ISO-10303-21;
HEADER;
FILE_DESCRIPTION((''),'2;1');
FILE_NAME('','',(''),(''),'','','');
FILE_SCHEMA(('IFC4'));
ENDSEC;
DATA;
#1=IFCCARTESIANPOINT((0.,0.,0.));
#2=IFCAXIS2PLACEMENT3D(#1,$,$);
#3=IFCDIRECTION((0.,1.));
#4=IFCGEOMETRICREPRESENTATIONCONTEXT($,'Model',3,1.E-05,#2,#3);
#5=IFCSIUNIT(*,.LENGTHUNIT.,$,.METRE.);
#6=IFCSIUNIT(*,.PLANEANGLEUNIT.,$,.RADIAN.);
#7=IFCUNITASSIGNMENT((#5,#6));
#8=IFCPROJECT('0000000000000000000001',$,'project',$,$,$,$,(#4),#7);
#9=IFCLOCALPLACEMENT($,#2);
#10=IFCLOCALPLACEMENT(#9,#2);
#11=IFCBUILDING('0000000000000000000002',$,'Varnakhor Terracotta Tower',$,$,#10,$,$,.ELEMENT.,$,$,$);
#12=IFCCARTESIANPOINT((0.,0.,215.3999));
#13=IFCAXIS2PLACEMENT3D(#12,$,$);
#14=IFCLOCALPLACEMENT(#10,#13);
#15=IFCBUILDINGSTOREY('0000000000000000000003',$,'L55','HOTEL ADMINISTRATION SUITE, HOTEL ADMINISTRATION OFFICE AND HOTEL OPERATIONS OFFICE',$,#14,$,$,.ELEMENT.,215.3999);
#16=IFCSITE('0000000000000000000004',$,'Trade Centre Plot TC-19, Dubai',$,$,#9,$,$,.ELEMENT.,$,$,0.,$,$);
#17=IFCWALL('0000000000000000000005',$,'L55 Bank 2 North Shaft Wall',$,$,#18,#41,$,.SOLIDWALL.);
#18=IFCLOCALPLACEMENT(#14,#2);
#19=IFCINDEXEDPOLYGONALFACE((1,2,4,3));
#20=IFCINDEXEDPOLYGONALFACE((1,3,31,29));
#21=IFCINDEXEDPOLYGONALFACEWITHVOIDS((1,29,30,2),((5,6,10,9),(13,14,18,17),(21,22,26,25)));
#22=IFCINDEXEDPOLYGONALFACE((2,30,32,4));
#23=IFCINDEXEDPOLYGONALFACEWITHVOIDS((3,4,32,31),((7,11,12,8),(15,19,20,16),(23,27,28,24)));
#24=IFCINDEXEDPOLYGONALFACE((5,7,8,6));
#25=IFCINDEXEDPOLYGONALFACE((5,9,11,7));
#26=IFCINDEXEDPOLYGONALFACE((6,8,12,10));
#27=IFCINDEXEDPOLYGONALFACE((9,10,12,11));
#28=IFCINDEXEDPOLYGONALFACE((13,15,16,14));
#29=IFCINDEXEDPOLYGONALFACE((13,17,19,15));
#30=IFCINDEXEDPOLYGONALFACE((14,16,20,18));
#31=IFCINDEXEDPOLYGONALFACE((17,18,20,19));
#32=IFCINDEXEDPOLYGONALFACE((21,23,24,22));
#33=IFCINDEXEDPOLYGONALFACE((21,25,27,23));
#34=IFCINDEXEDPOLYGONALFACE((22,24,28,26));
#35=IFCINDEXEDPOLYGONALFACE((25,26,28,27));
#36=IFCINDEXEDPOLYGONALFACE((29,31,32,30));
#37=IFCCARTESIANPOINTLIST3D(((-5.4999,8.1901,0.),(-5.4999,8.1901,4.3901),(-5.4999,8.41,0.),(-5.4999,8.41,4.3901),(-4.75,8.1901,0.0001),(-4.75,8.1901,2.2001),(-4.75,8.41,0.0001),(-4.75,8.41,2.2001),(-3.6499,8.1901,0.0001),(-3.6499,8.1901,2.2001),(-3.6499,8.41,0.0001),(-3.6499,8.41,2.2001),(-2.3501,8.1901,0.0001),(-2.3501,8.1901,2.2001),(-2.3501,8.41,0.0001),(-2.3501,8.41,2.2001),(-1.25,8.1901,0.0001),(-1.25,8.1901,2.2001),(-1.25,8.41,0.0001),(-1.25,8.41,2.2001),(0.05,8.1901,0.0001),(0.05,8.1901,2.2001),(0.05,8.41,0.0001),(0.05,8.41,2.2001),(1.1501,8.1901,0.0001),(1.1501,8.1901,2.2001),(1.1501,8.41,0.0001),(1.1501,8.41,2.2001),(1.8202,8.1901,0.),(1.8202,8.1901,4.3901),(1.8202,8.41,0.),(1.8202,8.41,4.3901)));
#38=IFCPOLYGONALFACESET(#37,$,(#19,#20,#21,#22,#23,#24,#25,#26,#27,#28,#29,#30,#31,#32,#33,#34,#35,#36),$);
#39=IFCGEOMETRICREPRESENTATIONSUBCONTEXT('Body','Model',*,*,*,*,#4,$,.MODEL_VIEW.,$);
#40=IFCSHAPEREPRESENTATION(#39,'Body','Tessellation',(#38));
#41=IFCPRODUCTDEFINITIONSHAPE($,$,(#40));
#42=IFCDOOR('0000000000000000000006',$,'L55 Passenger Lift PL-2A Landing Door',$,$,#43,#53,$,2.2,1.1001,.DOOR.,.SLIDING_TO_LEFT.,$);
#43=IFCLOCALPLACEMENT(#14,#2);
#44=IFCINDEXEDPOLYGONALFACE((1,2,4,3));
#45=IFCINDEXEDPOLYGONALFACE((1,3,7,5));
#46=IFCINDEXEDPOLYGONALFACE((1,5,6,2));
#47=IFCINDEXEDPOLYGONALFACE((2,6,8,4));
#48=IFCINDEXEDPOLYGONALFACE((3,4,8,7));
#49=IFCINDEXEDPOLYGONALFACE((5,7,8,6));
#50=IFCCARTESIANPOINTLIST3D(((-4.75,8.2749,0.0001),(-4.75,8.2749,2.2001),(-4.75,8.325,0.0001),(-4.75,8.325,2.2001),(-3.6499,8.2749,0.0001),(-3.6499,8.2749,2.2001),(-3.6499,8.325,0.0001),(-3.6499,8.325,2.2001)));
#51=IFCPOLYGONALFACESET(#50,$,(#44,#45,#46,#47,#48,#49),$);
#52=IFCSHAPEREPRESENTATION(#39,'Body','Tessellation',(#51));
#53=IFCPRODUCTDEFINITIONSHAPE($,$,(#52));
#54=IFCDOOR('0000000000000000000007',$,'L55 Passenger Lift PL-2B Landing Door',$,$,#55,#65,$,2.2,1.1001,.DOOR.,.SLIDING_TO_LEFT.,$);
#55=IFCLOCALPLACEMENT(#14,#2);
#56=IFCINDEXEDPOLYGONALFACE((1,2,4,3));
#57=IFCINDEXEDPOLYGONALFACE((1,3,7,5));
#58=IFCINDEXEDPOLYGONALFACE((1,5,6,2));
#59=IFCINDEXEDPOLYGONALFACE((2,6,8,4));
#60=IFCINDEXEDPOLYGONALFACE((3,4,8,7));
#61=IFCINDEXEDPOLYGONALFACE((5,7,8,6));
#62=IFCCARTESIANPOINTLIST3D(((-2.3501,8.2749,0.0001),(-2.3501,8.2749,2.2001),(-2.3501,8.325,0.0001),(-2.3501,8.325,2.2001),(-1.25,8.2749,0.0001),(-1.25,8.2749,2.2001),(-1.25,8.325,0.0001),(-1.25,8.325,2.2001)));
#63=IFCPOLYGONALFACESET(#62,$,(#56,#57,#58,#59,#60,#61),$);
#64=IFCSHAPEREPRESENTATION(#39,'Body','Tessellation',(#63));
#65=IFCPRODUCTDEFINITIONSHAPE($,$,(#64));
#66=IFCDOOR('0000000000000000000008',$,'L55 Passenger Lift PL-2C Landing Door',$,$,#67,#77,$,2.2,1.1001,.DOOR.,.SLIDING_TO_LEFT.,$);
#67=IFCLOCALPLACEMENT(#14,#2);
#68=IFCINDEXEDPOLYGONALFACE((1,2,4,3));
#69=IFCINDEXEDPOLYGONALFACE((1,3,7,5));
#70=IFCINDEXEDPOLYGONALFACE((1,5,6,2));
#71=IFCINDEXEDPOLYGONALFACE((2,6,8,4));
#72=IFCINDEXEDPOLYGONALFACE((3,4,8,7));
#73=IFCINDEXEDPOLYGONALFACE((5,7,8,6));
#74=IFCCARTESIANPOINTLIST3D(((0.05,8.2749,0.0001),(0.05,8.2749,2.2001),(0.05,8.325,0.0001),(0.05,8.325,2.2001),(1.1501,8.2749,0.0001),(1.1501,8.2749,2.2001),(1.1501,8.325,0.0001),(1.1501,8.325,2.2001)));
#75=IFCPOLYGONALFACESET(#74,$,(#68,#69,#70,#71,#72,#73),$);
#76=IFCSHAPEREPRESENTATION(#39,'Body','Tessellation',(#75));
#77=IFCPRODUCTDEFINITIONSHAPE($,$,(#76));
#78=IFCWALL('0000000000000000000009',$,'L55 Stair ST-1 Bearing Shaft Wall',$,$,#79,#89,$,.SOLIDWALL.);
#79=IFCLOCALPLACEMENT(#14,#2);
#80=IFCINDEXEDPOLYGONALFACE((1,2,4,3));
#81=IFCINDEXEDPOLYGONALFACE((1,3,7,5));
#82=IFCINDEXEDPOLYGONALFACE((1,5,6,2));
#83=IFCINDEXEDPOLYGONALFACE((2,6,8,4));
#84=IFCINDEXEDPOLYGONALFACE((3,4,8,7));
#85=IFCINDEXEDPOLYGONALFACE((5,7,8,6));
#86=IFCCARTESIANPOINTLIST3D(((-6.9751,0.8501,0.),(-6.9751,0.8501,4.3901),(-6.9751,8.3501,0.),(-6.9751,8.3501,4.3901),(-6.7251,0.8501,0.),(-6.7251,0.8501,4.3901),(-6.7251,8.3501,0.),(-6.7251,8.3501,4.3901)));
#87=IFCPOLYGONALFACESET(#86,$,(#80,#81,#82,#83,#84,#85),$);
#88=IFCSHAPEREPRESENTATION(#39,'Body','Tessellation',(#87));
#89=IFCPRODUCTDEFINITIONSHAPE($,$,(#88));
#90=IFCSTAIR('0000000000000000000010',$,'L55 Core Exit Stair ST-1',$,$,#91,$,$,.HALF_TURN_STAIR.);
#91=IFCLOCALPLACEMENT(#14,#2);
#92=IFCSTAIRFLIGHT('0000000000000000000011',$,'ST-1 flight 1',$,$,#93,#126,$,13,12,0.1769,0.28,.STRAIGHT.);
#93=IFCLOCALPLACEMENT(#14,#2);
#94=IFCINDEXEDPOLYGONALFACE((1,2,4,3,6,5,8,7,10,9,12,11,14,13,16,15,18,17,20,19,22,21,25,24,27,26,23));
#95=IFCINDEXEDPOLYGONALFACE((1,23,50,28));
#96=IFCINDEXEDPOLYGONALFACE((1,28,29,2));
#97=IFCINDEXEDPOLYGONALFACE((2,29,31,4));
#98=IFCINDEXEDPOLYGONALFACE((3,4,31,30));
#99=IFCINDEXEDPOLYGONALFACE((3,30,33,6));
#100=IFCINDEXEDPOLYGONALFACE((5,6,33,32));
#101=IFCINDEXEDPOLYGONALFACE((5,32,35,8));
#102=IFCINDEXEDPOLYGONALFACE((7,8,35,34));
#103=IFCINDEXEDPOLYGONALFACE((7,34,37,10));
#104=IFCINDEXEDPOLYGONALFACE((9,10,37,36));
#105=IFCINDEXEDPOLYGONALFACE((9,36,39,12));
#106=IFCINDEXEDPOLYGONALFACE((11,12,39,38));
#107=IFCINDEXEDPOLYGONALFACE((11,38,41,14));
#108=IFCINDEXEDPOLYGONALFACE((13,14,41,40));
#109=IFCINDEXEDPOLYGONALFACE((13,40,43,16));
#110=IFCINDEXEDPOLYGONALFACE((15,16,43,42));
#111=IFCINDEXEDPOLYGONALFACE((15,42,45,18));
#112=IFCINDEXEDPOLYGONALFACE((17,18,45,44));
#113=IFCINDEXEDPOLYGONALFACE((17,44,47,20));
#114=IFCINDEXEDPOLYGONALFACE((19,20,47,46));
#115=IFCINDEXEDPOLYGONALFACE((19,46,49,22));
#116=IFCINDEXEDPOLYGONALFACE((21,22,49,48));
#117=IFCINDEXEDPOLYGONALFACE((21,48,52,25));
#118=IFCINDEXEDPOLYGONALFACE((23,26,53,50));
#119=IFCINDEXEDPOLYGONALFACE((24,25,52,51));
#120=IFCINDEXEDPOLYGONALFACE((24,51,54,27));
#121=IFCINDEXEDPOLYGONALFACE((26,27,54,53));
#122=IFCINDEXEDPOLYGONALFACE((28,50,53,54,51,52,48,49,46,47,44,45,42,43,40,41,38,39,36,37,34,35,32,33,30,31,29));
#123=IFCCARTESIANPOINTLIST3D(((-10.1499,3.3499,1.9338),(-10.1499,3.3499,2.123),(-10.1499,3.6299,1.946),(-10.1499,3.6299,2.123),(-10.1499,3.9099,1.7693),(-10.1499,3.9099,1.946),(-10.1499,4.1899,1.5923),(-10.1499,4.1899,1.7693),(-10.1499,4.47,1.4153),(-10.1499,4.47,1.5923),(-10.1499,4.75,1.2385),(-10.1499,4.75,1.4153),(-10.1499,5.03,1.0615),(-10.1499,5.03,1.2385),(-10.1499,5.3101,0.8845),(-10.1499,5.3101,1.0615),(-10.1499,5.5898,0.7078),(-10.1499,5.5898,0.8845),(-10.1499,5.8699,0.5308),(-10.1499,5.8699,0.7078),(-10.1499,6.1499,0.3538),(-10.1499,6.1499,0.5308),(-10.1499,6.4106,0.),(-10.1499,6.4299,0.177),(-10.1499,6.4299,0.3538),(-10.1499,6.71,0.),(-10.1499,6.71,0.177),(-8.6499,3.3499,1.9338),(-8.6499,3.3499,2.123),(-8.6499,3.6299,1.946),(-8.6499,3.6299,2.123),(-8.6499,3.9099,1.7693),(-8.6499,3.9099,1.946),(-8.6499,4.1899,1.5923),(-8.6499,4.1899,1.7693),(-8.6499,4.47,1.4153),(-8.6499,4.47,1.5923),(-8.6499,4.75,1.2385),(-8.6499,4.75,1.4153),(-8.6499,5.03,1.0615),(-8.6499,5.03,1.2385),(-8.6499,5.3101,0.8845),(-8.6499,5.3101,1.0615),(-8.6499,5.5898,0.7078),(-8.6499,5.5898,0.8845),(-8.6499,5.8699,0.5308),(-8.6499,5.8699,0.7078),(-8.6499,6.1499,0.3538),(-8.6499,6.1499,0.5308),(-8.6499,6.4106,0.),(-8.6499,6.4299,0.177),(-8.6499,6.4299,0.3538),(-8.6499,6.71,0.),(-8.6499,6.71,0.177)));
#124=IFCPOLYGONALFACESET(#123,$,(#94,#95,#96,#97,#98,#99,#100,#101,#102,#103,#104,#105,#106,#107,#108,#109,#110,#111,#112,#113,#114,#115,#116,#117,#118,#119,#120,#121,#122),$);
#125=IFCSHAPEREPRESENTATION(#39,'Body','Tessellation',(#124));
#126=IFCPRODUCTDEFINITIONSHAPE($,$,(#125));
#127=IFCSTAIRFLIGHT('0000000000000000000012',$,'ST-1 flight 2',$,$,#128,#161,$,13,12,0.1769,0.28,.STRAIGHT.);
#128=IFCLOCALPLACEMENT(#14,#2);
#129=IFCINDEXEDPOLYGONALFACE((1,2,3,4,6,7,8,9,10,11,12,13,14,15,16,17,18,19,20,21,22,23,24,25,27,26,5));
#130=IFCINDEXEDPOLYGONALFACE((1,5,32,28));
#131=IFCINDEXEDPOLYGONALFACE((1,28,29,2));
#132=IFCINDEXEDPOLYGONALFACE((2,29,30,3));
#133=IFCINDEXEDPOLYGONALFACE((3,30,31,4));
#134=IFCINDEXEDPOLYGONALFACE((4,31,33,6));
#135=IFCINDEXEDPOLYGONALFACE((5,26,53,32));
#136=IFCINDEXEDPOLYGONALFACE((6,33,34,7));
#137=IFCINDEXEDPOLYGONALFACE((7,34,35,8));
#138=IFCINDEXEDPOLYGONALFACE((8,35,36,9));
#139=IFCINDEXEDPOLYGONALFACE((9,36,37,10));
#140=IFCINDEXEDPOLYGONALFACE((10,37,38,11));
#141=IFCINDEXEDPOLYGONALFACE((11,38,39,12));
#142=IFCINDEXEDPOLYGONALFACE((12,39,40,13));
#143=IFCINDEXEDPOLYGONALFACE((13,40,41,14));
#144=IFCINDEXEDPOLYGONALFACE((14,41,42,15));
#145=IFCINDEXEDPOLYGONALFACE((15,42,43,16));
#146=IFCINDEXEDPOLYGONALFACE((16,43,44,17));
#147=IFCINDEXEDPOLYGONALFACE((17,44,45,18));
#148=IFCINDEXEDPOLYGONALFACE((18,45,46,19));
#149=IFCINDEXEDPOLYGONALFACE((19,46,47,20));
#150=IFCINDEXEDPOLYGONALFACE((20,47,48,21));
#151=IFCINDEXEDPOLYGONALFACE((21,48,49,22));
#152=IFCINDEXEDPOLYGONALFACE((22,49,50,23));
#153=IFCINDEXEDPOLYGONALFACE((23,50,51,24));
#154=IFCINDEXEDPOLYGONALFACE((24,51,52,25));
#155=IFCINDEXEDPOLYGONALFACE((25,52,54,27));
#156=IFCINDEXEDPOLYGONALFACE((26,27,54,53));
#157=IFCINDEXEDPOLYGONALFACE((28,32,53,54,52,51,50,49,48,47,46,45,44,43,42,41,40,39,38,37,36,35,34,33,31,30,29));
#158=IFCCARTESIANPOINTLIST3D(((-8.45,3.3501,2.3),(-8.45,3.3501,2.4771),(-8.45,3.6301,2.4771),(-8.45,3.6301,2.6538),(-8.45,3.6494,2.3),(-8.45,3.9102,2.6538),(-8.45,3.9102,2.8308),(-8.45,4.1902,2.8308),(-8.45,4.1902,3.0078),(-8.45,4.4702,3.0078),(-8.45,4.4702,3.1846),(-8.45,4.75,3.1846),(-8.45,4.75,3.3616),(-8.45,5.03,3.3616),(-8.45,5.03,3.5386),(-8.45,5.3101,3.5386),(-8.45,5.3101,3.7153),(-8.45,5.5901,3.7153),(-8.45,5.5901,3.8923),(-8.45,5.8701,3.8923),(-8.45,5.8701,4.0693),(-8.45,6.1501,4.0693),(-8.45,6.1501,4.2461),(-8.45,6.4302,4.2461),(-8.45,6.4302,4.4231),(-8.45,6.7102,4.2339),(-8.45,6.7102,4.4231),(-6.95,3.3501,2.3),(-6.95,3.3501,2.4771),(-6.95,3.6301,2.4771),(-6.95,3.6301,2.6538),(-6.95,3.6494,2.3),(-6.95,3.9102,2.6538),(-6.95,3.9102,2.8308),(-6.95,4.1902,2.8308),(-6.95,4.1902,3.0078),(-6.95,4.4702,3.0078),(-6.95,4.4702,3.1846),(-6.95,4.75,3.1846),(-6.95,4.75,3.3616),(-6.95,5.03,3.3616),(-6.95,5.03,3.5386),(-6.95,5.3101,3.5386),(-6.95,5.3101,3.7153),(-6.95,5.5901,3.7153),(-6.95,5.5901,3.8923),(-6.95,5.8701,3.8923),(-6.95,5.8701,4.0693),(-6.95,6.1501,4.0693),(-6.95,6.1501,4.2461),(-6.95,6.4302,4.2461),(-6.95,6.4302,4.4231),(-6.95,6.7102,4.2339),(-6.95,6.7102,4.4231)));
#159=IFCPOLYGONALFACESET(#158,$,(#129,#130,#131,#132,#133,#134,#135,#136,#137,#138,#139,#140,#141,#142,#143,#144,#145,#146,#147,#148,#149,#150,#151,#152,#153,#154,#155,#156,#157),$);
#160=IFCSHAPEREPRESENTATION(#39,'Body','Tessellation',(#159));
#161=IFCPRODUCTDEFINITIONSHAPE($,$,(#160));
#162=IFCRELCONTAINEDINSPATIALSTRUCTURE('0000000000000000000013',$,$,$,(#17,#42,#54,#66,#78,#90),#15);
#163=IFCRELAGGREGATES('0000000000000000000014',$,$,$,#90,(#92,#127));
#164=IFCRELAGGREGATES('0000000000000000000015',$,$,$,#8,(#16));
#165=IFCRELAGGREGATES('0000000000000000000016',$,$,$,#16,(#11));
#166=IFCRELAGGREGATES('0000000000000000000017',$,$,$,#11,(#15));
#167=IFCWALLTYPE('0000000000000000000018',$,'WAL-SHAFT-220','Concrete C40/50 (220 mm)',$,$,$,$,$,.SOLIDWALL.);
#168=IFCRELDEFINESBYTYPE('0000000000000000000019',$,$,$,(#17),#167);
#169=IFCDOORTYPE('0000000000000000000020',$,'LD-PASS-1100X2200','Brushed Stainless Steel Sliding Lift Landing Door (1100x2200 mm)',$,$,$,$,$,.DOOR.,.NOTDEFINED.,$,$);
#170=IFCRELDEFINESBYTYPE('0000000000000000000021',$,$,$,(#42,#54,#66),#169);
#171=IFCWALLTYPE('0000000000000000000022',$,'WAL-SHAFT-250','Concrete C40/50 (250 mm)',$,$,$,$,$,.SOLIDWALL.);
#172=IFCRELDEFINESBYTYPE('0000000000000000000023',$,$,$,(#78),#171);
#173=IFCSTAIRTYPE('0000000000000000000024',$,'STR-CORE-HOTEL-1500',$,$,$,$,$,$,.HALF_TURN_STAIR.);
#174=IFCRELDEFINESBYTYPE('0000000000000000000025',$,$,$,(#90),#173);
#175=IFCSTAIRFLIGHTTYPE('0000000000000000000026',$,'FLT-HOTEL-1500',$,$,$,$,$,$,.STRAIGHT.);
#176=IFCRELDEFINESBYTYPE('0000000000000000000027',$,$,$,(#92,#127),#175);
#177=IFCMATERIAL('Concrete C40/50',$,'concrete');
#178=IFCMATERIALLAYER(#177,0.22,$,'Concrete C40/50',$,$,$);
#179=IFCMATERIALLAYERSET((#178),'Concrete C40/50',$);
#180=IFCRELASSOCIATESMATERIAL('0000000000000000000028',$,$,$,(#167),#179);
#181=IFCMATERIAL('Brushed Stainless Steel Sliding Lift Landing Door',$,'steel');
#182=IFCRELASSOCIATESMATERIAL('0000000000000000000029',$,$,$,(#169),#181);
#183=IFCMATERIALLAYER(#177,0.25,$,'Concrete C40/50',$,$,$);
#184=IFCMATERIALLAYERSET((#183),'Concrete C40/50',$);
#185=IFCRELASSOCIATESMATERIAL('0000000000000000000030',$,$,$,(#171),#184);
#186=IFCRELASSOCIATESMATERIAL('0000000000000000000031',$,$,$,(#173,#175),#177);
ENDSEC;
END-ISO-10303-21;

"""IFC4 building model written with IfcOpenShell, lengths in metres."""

from ifc_helpers import new_model, si_unit, direction, frame, frame_2d, origin, place, context, subcontext, project, spatial, polyline, rectangle, outline, extrude, source, transform, mapped, material, layer, layer_set, type_object, type_shapes, element, fill, aggregate, save


model = new_model("IFC4")

# Units and contexts
model_context = context("Model", 3, precision=1e-05, world=origin(), true_north=direction((0.0, 1.0)))
body_context = subcontext(model_context, "Body", "Model", "MODEL_VIEW")
ifc_project = project(units=[si_unit("LENGTHUNIT", "METRE"), si_unit("PLANEANGLEUNIT", "RADIAN")], contexts=[model_context])

# Site, building, storey
site_placement = place(None, origin())
site = spatial("IfcSite", under=ifc_project, at=site_placement, Name="Trade Centre Plot TC-19, Dubai", CompositionType="ELEMENT", RefElevation=0.0)
building_placement = place(site_placement, origin())
building = spatial("IfcBuilding", under=site, at=building_placement, Name="Varnakhor Terracotta Tower", CompositionType="ELEMENT")
storey_placement = place(building_placement, frame((0.0, 0.0, 215.3999)))
storey = spatial("IfcBuildingStorey", under=building, at=storey_placement, Name="L55", Description="HOTEL ADMINISTRATION SUITE, HOTEL ADMINISTRATION OFFICE AND HOTEL OPERATIONS OFFICE", CompositionType="ELEMENT", Elevation=215.3999)

# Shared definitions
ifc_material_1 = material(Name="Concrete C40/50", Category="concrete")

# Shared definitions
ifc_layer_1 = layer(ifc_material_1, 0.22, Name="Concrete C40/50")
ifc_layer_set_1 = layer_set([ifc_layer_1], Name="Concrete C40/50")
wall_type_1 = type_object("IfcWallType", Name="WAL-SHAFT-220", Description="Concrete C40/50 (220 mm)", PredefinedType="SOLIDWALL", material=ifc_layer_set_1)

# Wall, openings, doors
wall_1_placement = place(storey_placement, frame((-5.5, 8.3, 0.0), z_axis=(0.0, 0.0, 1.0), x_axis=(1.0, 0.0, 0.0)))
wall_1 = element("IfcWall", 1, at=wall_1_placement, inside=storey, type_object=wall_type_1, Name="L55 Bank 2 North Shaft Wall", PredefinedType="SOLIDWALL", context=body_context, shape_type="SweptSolid", body=[
    extrude(rectangle(XDim=7.3201, YDim=0.22, at=frame_2d((3.6602, 0.0))), origin(), (0.0, 0.0, 1.0), 4.3901),
])
opening_1_placement = place(wall_1_placement, frame((0.75, 0.0, 0.0)))
opening_1 = element("IfcOpeningElement", 2, at=opening_1_placement, cuts=wall_1, PredefinedType="OPENING", context=body_context, shape_type="SweptSolid", body=[
    extrude(rectangle(XDim=1.1001, YDim=2.2, at=frame_2d((0.55, 1.1001))), frame((0.0, 0.1201, 0.0), z_axis=(0.0, -1.0, 0.0), x_axis=(1.0, 0.0, 0.0)), (0.0, 0.0, 1.0), 0.24),
])
opening_2_placement = place(wall_1_placement, frame((3.1499, 0.0, 0.0)))
opening_2 = element("IfcOpeningElement", 3, at=opening_2_placement, cuts=wall_1, PredefinedType="OPENING", context=body_context, shape_type="SweptSolid", body=[
    extrude(rectangle(XDim=1.1001, YDim=2.2, at=frame_2d((0.55, 1.1001))), frame((0.0, 0.1201, 0.0), z_axis=(0.0, -1.0, 0.0), x_axis=(1.0, 0.0, 0.0)), (0.0, 0.0, 1.0), 0.24),
])
opening_3_placement = place(wall_1_placement, frame((5.55, 0.0, 0.0)))
opening_3 = element("IfcOpeningElement", 4, at=opening_3_placement, cuts=wall_1, PredefinedType="OPENING", context=body_context, shape_type="SweptSolid", body=[
    extrude(rectangle(XDim=1.1001, YDim=2.2, at=frame_2d((0.55, 1.1001))), frame((0.0, 0.1201, 0.0), z_axis=(0.0, -1.0, 0.0), x_axis=(1.0, 0.0, 0.0)), (0.0, 0.0, 1.0), 0.24),
])
ifc_material_2 = material(Name="Brushed Stainless Steel Sliding Lift Landing Door", Category="steel")
door_type_1 = type_object("IfcDoorType", Name="LD-PASS-1100X2200", Description="Brushed Stainless Steel Sliding Lift Landing Door (1100x2200 mm)", OperationType="NOTDEFINED", PredefinedType="DOOR", material=ifc_material_2)
shared_shape_1 = source(origin(), body_context, "Body", "SweptSolid", [
    extrude(rectangle(XDim=1.1001, YDim=2.2, at=frame_2d((0.55, 1.1001))), frame((0.0, 0.0249, 0.0), z_axis=(0.0, -1.0, 0.0), x_axis=(1.0, 0.0, 0.0)), (0.0, 0.0, 1.0), 0.05),
])
type_shapes(door_type_1, [shared_shape_1])
door_1_placement = place(opening_1_placement, origin())
door_1 = element("IfcDoor", 5, at=door_1_placement, inside=storey, type_object=door_type_1, Name="L55 Passenger Lift PL-2A Landing Door", OperationType="SLIDING_TO_LEFT", OverallHeight=2.2, OverallWidth=1.1001, PredefinedType="DOOR", context=body_context, shape_type="MappedRepresentation", body=[
    mapped(shared_shape_1, transform((0.0, 0.0, 0.0), scale=1.0)),
])
fill(opening_1, door_1)
door_2_placement = place(opening_2_placement, origin())
door_2 = element("IfcDoor", 6, at=door_2_placement, inside=storey, type_object=door_type_1, Name="L55 Passenger Lift PL-2B Landing Door", OperationType="SLIDING_TO_LEFT", OverallHeight=2.2, OverallWidth=1.1001, PredefinedType="DOOR", context=body_context, shape_type="MappedRepresentation", body=[
    mapped(shared_shape_1, transform((0.0, 0.0, 0.0), scale=1.0)),
])
fill(opening_2, door_2)
door_3_placement = place(opening_3_placement, origin())
door_3 = element("IfcDoor", 7, at=door_3_placement, inside=storey, type_object=door_type_1, Name="L55 Passenger Lift PL-2C Landing Door", OperationType="SLIDING_TO_LEFT", OverallHeight=2.2, OverallWidth=1.1001, PredefinedType="DOOR", context=body_context, shape_type="MappedRepresentation", body=[
    mapped(shared_shape_1, transform((0.0, 0.0, 0.0), scale=1.0)),
])
fill(opening_3, door_3)

# Wall
ifc_layer_2 = layer(ifc_material_1, 0.25, Name="Concrete C40/50")
ifc_layer_set_2 = layer_set([ifc_layer_2], Name="Concrete C40/50")
wall_type_2 = type_object("IfcWallType", Name="WAL-SHAFT-250", Description="Concrete C40/50 (250 mm)", PredefinedType="SOLIDWALL", material=ifc_layer_set_2)
wall_2_placement = place(storey_placement, frame((-6.8501, 0.8501, 0.0), z_axis=(0.0, 0.0, 1.0), x_axis=(0.0, 1.0, 0.0)))
element("IfcWall", 8, at=wall_2_placement, inside=storey, type_object=wall_type_2, Name="L55 Stair ST-1 Bearing Shaft Wall", PredefinedType="SOLIDWALL", context=body_context, shape_type="SweptSolid", body=[
    extrude(rectangle(XDim=7.5, YDim=0.25, at=frame_2d((3.75, 0.0))), origin(), (0.0, 0.0, 1.0), 4.3901),
])

# Stair, stair flights
stair_type = type_object("IfcStairType", Name="STR-CORE-HOTEL-1500", PredefinedType="HALF_TURN_STAIR", material=ifc_material_1)
stair_placement = place(storey_placement, origin())
stair = element("IfcStair", 9, at=stair_placement, inside=storey, type_object=stair_type, Name="L55 Core Exit Stair ST-1", PredefinedType="HALF_TURN_STAIR")
stair_flight_type = type_object("IfcStairFlightType", Name="FLT-HOTEL-1500", PredefinedType="STRAIGHT", material=ifc_material_1)
stair_flight_1_placement = place(storey_placement, frame((-9.3999, 6.71, 0.0), z_axis=(0.0, 0.0, 1.0), x_axis=(0.0, -1.0, 0.0)))
stair_flight_1 = element("IfcStairFlight", 10, at=stair_flight_1_placement, type_object=stair_flight_type, Name="ST-1 flight 1", NumberOfRisers=13, NumberOfTreads=12, PredefinedType="STRAIGHT", RiserHeight=0.1769, TreadLength=0.28, context=body_context, shape_type="SweptSolid", body=[
    extrude(outline(polyline([(0.0, 0.0), (0.0, 0.177), (0.28, 0.177), (0.28, 0.3538), (0.5601, 0.3538), (0.5601, 0.5308), (0.8401, 0.5308), (0.8401, 0.7078), (1.1201, 0.7078), (1.1201, 0.8845), (1.3999, 0.8845), (1.3999, 1.0615), (1.6799, 1.0615), (1.6799, 1.2385), (1.96, 1.2385), (1.96, 1.4153), (2.24, 1.4153), (2.24, 1.5923), (2.52, 1.5923), (2.52, 1.7693), (2.8, 1.7693), (2.8, 1.946), (3.0801, 1.946), (3.0801, 2.123), (3.3601, 2.123), (3.3601, 2.3), (3.3601, 1.9338), (0.2993, 0.0), (0.0, 0.0)])), frame((0.0, 0.75, 0.0), z_axis=(0.0, -1.0, 0.0), x_axis=(1.0, 0.0, 0.0)), (0.0, 0.0, 1.0), 1.5),
])
stair_flight_2_placement = place(storey_placement, frame((-7.7, 3.3501, 2.3), z_axis=(0.0, 0.0, 1.0), x_axis=(0.0, 1.0, 0.0)))
stair_flight_2 = element("IfcStairFlight", 11, at=stair_flight_2_placement, type_object=stair_flight_type, Name="ST-1 flight 2", NumberOfRisers=13, NumberOfTreads=12, PredefinedType="STRAIGHT", RiserHeight=0.1769, TreadLength=0.28, context=body_context, shape_type="SweptSolid", body=[
    extrude(outline(polyline([(0.0, 0.0), (0.0, 0.177), (0.28, 0.177), (0.28, 0.3538), (0.5601, 0.3538), (0.5601, 0.5308), (0.8401, 0.5308), (0.8401, 0.7078), (1.1201, 0.7078), (1.1201, 0.8845), (1.3999, 0.8845), (1.3999, 1.0615), (1.6799, 1.0615), (1.6799, 1.2385), (1.96, 1.2385), (1.96, 1.4153), (2.24, 1.4153), (2.24, 1.5923), (2.52, 1.5923), (2.52, 1.7693), (2.8, 1.7693), (2.8, 1.946), (3.0801, 1.946), (3.0801, 2.123), (3.3601, 2.123), (3.3601, 2.3), (3.3601, 1.9338), (0.2993, 0.0), (0.0, 0.0)])), frame((0.0, 0.75, 0.0), z_axis=(0.0, -1.0, 0.0), x_axis=(1.0, 0.0, 0.0)), (0.0, 0.0, 1.0), 1.5),
])
aggregate(stair, [stair_flight_1, stair_flight_2])

save(model, "model.ifc")
